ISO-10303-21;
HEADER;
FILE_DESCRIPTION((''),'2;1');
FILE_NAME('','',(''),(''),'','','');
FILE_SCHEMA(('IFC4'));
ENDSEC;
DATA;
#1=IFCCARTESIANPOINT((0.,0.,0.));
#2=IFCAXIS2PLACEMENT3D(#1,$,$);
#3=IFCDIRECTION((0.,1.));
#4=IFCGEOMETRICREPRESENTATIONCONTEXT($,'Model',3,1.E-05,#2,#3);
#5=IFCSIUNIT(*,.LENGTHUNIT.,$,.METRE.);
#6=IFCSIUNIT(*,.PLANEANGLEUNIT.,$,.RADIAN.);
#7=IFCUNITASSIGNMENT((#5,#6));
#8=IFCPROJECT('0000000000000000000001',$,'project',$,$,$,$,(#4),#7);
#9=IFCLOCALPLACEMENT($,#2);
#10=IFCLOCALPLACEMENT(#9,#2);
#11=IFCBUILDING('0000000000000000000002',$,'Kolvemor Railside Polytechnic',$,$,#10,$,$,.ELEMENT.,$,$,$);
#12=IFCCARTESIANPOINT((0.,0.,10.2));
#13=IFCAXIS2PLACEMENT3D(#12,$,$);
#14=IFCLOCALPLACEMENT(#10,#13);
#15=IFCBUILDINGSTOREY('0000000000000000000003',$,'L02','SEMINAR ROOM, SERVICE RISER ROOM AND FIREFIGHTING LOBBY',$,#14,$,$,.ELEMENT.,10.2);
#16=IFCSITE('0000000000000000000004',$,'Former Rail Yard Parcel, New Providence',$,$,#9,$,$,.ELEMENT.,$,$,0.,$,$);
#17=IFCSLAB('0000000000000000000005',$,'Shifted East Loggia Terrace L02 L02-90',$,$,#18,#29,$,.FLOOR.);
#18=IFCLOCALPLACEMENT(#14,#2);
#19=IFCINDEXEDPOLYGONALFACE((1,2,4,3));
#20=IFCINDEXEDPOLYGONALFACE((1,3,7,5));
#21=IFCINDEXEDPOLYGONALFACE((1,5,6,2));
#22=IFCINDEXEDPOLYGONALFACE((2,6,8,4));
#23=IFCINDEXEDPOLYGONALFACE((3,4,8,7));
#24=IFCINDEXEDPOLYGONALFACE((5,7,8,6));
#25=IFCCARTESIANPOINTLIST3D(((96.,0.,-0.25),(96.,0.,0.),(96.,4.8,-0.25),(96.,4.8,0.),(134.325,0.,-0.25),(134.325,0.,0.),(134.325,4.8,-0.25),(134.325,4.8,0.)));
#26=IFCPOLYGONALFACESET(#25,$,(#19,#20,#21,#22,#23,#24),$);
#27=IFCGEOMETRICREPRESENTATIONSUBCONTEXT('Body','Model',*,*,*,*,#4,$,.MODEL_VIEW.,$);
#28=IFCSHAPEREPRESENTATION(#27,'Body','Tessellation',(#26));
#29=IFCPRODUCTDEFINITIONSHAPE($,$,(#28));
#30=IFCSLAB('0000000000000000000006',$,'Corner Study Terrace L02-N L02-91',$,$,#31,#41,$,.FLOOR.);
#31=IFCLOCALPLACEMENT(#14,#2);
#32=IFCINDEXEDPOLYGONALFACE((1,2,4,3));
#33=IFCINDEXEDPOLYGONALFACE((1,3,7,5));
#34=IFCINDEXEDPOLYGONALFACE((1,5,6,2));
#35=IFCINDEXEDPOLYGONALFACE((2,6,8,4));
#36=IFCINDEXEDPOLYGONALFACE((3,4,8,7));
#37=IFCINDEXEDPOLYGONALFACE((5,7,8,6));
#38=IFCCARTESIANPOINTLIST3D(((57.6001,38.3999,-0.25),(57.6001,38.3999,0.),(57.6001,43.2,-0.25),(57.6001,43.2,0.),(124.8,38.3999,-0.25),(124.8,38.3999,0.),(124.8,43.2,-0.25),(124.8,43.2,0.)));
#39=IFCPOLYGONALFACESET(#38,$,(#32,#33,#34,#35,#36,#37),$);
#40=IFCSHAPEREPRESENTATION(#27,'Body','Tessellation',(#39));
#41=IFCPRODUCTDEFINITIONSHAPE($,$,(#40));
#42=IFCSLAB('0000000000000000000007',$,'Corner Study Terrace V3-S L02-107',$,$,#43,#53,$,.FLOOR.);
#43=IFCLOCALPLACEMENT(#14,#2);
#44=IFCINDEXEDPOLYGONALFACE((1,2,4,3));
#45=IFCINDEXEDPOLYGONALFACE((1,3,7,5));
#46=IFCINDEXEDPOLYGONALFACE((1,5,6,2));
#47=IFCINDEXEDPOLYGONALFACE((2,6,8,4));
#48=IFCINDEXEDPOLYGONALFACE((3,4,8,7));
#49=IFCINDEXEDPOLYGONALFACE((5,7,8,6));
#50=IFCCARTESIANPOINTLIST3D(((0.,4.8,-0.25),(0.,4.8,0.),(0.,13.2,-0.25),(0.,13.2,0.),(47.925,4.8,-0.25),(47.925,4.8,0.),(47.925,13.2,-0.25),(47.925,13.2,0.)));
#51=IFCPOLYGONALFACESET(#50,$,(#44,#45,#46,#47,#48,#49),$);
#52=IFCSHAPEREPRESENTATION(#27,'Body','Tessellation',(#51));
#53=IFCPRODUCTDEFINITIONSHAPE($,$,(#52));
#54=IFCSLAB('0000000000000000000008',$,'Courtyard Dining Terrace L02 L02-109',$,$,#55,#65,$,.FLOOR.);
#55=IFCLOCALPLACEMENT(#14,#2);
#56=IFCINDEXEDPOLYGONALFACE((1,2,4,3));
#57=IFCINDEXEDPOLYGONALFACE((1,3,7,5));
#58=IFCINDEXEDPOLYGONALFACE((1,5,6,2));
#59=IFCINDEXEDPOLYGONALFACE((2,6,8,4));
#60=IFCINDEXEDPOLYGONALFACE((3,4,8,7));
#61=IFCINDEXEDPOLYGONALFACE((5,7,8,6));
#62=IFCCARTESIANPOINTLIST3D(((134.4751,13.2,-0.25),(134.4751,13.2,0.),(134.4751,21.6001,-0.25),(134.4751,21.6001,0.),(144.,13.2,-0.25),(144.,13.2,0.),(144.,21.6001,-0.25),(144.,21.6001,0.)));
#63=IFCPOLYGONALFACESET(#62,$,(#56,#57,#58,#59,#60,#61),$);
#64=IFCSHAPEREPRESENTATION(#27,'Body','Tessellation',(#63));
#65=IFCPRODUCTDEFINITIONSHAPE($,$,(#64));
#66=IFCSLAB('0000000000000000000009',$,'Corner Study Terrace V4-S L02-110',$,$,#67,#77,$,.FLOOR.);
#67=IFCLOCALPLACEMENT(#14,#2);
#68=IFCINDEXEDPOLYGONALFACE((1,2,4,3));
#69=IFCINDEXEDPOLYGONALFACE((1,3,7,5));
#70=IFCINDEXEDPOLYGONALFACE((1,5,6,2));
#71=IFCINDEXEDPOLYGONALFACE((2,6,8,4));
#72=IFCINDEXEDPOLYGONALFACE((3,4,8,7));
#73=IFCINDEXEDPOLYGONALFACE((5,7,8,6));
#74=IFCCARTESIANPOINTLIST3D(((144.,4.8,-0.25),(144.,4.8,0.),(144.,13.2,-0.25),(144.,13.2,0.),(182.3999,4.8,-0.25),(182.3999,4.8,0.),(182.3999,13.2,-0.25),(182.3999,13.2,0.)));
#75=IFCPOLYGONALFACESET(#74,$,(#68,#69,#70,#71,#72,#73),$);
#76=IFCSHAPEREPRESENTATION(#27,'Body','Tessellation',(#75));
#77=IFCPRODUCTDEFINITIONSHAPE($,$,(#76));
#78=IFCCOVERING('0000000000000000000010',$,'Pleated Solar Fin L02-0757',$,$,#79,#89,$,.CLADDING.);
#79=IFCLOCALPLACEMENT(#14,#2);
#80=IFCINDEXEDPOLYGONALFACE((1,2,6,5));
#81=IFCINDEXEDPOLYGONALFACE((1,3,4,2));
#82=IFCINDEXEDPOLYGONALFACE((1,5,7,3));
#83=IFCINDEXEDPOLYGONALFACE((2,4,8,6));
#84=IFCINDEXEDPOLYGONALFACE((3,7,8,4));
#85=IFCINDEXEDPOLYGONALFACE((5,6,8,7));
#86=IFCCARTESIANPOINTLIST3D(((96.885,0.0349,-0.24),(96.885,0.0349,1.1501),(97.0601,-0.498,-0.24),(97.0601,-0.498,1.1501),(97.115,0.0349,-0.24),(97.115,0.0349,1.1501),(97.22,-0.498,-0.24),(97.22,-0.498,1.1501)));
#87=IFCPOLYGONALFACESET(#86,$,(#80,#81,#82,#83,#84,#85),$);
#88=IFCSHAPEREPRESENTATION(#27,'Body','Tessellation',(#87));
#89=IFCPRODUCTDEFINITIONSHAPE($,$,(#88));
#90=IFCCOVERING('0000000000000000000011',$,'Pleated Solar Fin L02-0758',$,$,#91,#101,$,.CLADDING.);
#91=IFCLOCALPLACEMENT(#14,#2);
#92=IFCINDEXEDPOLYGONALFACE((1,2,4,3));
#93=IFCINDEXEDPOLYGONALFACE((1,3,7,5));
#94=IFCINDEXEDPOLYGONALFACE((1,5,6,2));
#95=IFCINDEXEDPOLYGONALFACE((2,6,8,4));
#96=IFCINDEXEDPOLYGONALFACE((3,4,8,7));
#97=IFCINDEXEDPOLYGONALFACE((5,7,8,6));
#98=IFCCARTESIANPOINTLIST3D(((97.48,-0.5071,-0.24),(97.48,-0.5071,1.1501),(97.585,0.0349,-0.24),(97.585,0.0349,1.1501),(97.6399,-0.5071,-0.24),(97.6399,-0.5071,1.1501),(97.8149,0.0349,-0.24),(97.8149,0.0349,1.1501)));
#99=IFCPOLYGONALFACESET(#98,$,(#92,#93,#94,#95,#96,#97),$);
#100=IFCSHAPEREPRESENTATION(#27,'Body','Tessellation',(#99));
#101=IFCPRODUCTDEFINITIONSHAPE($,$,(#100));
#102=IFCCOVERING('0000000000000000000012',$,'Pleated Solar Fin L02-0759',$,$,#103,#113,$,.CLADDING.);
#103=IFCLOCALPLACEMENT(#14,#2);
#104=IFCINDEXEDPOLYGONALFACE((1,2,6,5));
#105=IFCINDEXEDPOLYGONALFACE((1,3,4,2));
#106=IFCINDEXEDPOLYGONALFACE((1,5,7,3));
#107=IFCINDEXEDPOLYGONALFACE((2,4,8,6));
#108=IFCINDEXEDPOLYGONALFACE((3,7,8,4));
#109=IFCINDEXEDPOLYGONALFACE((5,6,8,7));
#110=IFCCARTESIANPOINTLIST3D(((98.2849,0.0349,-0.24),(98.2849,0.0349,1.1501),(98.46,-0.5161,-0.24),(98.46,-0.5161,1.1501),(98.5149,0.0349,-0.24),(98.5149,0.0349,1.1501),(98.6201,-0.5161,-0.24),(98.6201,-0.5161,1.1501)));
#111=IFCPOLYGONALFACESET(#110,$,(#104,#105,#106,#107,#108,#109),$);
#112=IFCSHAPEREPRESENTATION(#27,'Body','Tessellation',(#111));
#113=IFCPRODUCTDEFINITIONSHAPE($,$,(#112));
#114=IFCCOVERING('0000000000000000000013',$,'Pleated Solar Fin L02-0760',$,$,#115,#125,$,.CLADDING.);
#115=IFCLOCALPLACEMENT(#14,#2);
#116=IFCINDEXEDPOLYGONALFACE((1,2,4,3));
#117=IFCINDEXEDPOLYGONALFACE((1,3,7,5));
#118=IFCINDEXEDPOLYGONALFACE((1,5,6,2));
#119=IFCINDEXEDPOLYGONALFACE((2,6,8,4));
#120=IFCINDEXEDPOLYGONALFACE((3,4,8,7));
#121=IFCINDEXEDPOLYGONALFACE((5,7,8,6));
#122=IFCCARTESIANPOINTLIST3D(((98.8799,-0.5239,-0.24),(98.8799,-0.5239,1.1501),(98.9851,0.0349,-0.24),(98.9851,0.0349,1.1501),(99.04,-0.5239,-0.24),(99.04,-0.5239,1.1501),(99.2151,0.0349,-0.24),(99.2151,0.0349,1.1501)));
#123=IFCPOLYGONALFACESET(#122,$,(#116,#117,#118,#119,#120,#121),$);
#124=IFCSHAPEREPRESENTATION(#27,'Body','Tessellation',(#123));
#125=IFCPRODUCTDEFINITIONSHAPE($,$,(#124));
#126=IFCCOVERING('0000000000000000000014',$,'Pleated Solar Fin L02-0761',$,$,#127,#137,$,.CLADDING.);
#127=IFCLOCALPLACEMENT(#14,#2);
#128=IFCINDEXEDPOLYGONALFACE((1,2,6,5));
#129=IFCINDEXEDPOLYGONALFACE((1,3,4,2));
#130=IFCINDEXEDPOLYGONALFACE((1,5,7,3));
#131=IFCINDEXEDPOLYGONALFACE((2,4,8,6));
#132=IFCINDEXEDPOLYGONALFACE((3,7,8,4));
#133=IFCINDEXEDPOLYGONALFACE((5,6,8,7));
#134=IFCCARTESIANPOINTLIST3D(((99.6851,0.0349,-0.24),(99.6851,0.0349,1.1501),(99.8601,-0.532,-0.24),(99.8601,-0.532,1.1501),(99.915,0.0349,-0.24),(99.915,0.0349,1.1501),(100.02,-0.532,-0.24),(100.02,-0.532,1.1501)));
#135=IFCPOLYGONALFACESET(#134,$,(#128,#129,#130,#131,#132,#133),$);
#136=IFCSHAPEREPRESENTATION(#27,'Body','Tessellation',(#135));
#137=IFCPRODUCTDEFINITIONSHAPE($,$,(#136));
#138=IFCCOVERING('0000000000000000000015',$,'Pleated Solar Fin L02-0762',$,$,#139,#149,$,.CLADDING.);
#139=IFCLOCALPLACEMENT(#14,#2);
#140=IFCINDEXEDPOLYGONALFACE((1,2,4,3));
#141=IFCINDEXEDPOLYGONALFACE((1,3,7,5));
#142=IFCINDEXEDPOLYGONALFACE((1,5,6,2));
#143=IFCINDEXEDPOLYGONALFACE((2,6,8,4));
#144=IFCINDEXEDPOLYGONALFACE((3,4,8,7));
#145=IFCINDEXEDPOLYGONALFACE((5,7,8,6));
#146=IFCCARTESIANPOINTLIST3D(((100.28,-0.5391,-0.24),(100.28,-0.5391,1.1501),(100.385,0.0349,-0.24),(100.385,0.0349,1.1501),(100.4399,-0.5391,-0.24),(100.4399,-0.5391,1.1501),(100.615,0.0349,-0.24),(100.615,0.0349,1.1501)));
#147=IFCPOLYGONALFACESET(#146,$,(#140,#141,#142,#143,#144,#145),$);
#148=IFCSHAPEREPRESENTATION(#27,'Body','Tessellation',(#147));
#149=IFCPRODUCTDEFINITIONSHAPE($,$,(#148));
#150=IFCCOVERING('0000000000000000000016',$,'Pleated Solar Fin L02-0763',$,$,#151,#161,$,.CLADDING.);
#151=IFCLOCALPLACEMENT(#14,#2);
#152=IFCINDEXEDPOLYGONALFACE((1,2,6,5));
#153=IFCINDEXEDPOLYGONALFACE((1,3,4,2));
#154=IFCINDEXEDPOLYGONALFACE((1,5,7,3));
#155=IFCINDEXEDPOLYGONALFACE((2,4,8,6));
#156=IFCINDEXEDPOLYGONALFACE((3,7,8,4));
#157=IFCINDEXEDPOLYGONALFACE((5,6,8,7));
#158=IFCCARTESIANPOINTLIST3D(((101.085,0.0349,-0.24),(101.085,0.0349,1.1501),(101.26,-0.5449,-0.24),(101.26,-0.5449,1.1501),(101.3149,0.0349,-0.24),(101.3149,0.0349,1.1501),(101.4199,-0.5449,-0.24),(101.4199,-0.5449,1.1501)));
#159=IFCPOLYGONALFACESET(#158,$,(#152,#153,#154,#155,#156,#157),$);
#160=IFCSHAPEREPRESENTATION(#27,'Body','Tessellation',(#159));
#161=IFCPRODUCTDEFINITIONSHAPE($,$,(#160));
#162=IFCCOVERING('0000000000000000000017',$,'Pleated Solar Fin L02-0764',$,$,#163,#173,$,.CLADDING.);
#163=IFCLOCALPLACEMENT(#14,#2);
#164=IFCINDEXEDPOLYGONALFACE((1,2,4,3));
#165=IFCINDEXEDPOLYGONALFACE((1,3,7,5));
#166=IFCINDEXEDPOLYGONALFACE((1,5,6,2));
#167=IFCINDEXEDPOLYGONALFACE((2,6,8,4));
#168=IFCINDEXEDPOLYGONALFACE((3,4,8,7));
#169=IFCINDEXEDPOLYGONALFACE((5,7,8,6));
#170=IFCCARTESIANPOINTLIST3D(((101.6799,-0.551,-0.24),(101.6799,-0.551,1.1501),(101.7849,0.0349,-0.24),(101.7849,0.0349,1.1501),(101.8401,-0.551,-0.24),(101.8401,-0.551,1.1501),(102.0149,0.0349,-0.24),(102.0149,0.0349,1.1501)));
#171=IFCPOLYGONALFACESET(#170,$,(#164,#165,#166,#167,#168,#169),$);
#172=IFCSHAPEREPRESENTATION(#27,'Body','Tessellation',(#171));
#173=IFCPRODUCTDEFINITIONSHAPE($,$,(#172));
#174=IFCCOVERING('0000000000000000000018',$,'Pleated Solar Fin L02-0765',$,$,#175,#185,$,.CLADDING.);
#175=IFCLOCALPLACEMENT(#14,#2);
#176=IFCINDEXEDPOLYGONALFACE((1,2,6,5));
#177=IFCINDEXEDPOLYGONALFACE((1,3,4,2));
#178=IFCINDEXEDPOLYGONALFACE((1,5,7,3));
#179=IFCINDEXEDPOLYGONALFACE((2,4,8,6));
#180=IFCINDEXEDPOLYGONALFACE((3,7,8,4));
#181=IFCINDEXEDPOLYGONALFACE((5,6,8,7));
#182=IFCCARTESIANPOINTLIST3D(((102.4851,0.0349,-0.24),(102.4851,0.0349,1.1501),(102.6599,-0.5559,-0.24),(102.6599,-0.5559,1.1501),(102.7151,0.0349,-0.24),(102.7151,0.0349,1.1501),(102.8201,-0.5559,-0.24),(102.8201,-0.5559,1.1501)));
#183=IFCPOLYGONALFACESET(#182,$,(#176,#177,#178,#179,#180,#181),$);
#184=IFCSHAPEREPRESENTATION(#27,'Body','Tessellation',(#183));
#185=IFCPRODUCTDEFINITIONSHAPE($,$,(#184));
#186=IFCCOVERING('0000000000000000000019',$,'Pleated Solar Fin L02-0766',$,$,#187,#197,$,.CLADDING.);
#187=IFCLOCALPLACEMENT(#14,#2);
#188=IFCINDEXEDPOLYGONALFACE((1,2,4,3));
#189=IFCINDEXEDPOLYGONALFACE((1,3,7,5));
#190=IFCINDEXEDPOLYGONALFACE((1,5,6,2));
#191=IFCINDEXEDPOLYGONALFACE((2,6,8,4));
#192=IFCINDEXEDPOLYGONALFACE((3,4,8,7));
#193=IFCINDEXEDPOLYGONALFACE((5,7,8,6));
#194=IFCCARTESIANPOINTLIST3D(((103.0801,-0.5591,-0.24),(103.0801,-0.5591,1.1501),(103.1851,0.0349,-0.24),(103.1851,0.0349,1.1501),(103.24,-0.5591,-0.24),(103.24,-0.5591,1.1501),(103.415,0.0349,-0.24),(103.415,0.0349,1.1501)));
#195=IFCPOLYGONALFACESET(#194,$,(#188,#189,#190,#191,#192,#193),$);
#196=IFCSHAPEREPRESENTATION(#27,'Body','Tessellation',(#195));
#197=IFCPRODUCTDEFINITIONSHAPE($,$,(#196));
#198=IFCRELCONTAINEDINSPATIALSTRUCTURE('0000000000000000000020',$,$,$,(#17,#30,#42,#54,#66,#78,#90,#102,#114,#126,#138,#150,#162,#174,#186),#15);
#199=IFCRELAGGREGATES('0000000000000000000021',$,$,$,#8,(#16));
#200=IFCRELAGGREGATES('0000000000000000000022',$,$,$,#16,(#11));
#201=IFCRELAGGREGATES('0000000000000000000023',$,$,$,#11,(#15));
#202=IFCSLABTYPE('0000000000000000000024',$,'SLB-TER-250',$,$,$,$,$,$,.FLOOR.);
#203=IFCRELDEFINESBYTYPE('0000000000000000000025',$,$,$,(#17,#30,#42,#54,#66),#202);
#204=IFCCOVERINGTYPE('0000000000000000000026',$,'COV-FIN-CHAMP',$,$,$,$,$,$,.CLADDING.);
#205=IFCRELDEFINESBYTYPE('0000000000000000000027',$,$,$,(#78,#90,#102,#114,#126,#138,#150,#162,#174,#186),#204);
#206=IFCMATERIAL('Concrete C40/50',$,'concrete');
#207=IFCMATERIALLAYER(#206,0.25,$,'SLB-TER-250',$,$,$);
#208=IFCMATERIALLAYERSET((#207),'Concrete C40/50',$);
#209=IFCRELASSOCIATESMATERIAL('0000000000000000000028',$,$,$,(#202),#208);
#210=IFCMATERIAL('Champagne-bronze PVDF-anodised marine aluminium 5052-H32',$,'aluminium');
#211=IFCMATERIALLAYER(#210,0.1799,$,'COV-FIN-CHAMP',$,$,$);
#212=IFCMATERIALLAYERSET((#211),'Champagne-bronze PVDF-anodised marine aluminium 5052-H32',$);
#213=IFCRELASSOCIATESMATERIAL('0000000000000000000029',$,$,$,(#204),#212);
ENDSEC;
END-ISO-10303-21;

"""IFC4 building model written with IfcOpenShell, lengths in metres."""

from ifc_helpers import new_model, si_unit, direction, frame, origin, place, context, subcontext, project, spatial, polyline, outline, extrude, material, layer, layer_set, type_object, element, save


model = new_model("IFC4")

# Units and contexts
model_context = context("Model", 3, precision=1e-05, world=origin(), true_north=direction((0.0, 1.0)))
body_context = subcontext(model_context, "Body", "Model", "MODEL_VIEW")
ifc_project = project(units=[si_unit("LENGTHUNIT", "METRE"), si_unit("PLANEANGLEUNIT", "RADIAN")], contexts=[model_context])

# Site, building, storey
site_placement = place(None, origin())
site = spatial("IfcSite", under=ifc_project, at=site_placement, Name="Former Rail Yard Parcel, New Providence", CompositionType="ELEMENT", RefElevation=0.0)
building_placement = place(site_placement, origin())
building = spatial("IfcBuilding", under=site, at=building_placement, Name="Kolvemor Railside Polytechnic", CompositionType="ELEMENT")
storey_placement = place(building_placement, frame((0.0, 0.0, 10.2)))
storey = spatial("IfcBuildingStorey", under=building, at=storey_placement, Name="L02", Description="SEMINAR ROOM, SERVICE RISER ROOM AND FIREFIGHTING LOBBY", CompositionType="ELEMENT", Elevation=10.2)

# Slabs
ifc_material_1 = material(Name="Concrete C40/50", Category="concrete")
ifc_layer_1 = layer(ifc_material_1, 0.25, Name="SLB-TER-250")
ifc_layer_set_1 = layer_set([ifc_layer_1], Name="Concrete C40/50")
slab_type = type_object("IfcSlabType", Name="SLB-TER-250", PredefinedType="FLOOR", material=ifc_layer_set_1)
slab_1_placement = place(storey_placement, frame((0.0, 0.0, -0.25)))
element("IfcSlab", 1, at=slab_1_placement, inside=storey, type_object=slab_type, Name="Shifted East Loggia Terrace L02 L02-90", PredefinedType="FLOOR", context=body_context, shape_type="SweptSolid", body=[
    extrude(outline(polyline([(96.0, 0.0), (134.325, 0.0), (134.325, 4.8), (96.0, 4.8), (96.0, 0.0)])), origin(), (0.0, 0.0, 1.0), 0.25),
])
slab_2_placement = place(storey_placement, frame((0.0, 0.0, -0.25)))
element("IfcSlab", 2, at=slab_2_placement, inside=storey, type_object=slab_type, Name="Corner Study Terrace L02-N L02-91", PredefinedType="FLOOR", context=body_context, shape_type="SweptSolid", body=[
    extrude(outline(polyline([(57.6001, 38.3999), (124.8, 38.3999), (124.8, 43.2), (57.6001, 43.2), (57.6001, 38.3999)])), origin(), (0.0, 0.0, 1.0), 0.25),
])
slab_3_placement = place(storey_placement, frame((0.0, 0.0, -0.25)))
element("IfcSlab", 3, at=slab_3_placement, inside=storey, type_object=slab_type, Name="Corner Study Terrace V3-S L02-107", PredefinedType="FLOOR", context=body_context, shape_type="SweptSolid", body=[
    extrude(outline(polyline([(0.0, 4.8), (47.925, 4.8), (47.925, 13.2), (0.0, 13.2), (0.0, 4.8)])), origin(), (0.0, 0.0, 1.0), 0.25),
])
slab_4_placement = place(storey_placement, frame((0.0, 0.0, -0.25)))
element("IfcSlab", 4, at=slab_4_placement, inside=storey, type_object=slab_type, Name="Courtyard Dining Terrace L02 L02-109", PredefinedType="FLOOR", context=body_context, shape_type="SweptSolid", body=[
    extrude(outline(polyline([(134.4751, 13.2), (144.0, 13.2), (144.0, 21.6001), (134.4751, 21.6001), (134.4751, 13.2)])), origin(), (0.0, 0.0, 1.0), 0.25),
])
slab_5_placement = place(storey_placement, frame((0.0, 0.0, -0.25)))
element("IfcSlab", 5, at=slab_5_placement, inside=storey, type_object=slab_type, Name="Corner Study Terrace V4-S L02-110", PredefinedType="FLOOR", context=body_context, shape_type="SweptSolid", body=[
    extrude(outline(polyline([(144.0, 4.8), (182.3999, 4.8), (182.3999, 13.2), (144.0, 13.2), (144.0, 4.8)])), origin(), (0.0, 0.0, 1.0), 0.25),
])

# Coverings
ifc_material_2 = material(Name="Champagne-bronze PVDF-anodised marine aluminium 5052-H32", Category="aluminium")
ifc_layer_2 = layer(ifc_material_2, 0.1799, Name="COV-FIN-CHAMP")
ifc_layer_set_2 = layer_set([ifc_layer_2], Name="Champagne-bronze PVDF-anodised marine aluminium 5052-H32")
covering_type = type_object("IfcCoveringType", Name="COV-FIN-CHAMP", PredefinedType="CLADDING", material=ifc_layer_set_2)
covering_1_placement = place(storey_placement, frame((0.0, 0.0, -0.24)))
element("IfcCovering", 6, at=covering_1_placement, inside=storey, type_object=covering_type, Name="Pleated Solar Fin L02-0757", PredefinedType="CLADDING", context=body_context, shape_type="SweptSolid", body=[
    extrude(outline(polyline([(96.885, 0.0349), (97.115, 0.0349), (97.22, -0.498), (97.0601, -0.498), (96.885, 0.0349)])), origin(), (0.0, 0.0, 1.0), 1.3901),
])
covering_2_placement = place(storey_placement, frame((0.0, 0.0, -0.24)))
element("IfcCovering", 7, at=covering_2_placement, inside=storey, type_object=covering_type, Name="Pleated Solar Fin L02-0758", PredefinedType="CLADDING", context=body_context, shape_type="SweptSolid", body=[
    extrude(outline(polyline([(97.585, 0.0349), (97.8149, 0.0349), (97.6399, -0.5071), (97.48, -0.5071), (97.585, 0.0349)])), origin(), (0.0, 0.0, 1.0), 1.3901),
])
covering_3_placement = place(storey_placement, frame((0.0, 0.0, -0.24)))
element("IfcCovering", 8, at=covering_3_placement, inside=storey, type_object=covering_type, Name="Pleated Solar Fin L02-0759", PredefinedType="CLADDING", context=body_context, shape_type="SweptSolid", body=[
    extrude(outline(polyline([(98.2849, 0.0349), (98.5149, 0.0349), (98.6201, -0.5161), (98.46, -0.5161), (98.2849, 0.0349)])), origin(), (0.0, 0.0, 1.0), 1.3901),
])
covering_4_placement = place(storey_placement, frame((0.0, 0.0, -0.24)))
element("IfcCovering", 9, at=covering_4_placement, inside=storey, type_object=covering_type, Name="Pleated Solar Fin L02-0760", PredefinedType="CLADDING", context=body_context, shape_type="SweptSolid", body=[
    extrude(outline(polyline([(98.9851, 0.0349), (99.2151, 0.0349), (99.04, -0.5239), (98.8799, -0.5239), (98.9851, 0.0349)])), origin(), (0.0, 0.0, 1.0), 1.3901),
])
covering_5_placement = place(storey_placement, frame((0.0, 0.0, -0.24)))
element("IfcCovering", 10, at=covering_5_placement, inside=storey, type_object=covering_type, Name="Pleated Solar Fin L02-0761", PredefinedType="CLADDING", context=body_context, shape_type="SweptSolid", body=[
    extrude(outline(polyline([(99.6851, 0.0349), (99.915, 0.0349), (100.02, -0.532), (99.8601, -0.532), (99.6851, 0.0349)])), origin(), (0.0, 0.0, 1.0), 1.3901),
])
covering_6_placement = place(storey_placement, frame((0.0, 0.0, -0.24)))
element("IfcCovering", 11, at=covering_6_placement, inside=storey, type_object=covering_type, Name="Pleated Solar Fin L02-0762", PredefinedType="CLADDING", context=body_context, shape_type="SweptSolid", body=[
    extrude(outline(polyline([(100.385, 0.0349), (100.615, 0.0349), (100.4399, -0.5391), (100.28, -0.5391), (100.385, 0.0349)])), origin(), (0.0, 0.0, 1.0), 1.3901),
])
covering_7_placement = place(storey_placement, frame((0.0, 0.0, -0.24)))
element("IfcCovering", 12, at=covering_7_placement, inside=storey, type_object=covering_type, Name="Pleated Solar Fin L02-0763", PredefinedType="CLADDING", context=body_context, shape_type="SweptSolid", body=[
    extrude(outline(polyline([(101.085, 0.0349), (101.3149, 0.0349), (101.4199, -0.5449), (101.26, -0.5449), (101.085, 0.0349)])), origin(), (0.0, 0.0, 1.0), 1.3901),
])
covering_8_placement = place(storey_placement, frame((0.0, 0.0, -0.24)))
element("IfcCovering", 13, at=covering_8_placement, inside=storey, type_object=covering_type, Name="Pleated Solar Fin L02-0764", PredefinedType="CLADDING", context=body_context, shape_type="SweptSolid", body=[
    extrude(outline(polyline([(101.7849, 0.0349), (102.0149, 0.0349), (101.8401, -0.551), (101.6799, -0.551), (101.7849, 0.0349)])), origin(), (0.0, 0.0, 1.0), 1.3901),
])
covering_9_placement = place(storey_placement, frame((0.0, 0.0, -0.24)))
element("IfcCovering", 14, at=covering_9_placement, inside=storey, type_object=covering_type, Name="Pleated Solar Fin L02-0765", PredefinedType="CLADDING", context=body_context, shape_type="SweptSolid", body=[
    extrude(outline(polyline([(102.4851, 0.0349), (102.7151, 0.0349), (102.8201, -0.5559), (102.6599, -0.5559), (102.4851, 0.0349)])), origin(), (0.0, 0.0, 1.0), 1.3901),
])
covering_10_placement = place(storey_placement, frame((0.0, 0.0, -0.24)))
element("IfcCovering", 15, at=covering_10_placement, inside=storey, type_object=covering_type, Name="Pleated Solar Fin L02-0766", PredefinedType="CLADDING", context=body_context, shape_type="SweptSolid", body=[
    extrude(outline(polyline([(103.1851, 0.0349), (103.415, 0.0349), (103.24, -0.5591), (103.0801, -0.5591), (103.1851, 0.0349)])), origin(), (0.0, 0.0, 1.0), 1.3901),
])

save(model, "model.ifc")
